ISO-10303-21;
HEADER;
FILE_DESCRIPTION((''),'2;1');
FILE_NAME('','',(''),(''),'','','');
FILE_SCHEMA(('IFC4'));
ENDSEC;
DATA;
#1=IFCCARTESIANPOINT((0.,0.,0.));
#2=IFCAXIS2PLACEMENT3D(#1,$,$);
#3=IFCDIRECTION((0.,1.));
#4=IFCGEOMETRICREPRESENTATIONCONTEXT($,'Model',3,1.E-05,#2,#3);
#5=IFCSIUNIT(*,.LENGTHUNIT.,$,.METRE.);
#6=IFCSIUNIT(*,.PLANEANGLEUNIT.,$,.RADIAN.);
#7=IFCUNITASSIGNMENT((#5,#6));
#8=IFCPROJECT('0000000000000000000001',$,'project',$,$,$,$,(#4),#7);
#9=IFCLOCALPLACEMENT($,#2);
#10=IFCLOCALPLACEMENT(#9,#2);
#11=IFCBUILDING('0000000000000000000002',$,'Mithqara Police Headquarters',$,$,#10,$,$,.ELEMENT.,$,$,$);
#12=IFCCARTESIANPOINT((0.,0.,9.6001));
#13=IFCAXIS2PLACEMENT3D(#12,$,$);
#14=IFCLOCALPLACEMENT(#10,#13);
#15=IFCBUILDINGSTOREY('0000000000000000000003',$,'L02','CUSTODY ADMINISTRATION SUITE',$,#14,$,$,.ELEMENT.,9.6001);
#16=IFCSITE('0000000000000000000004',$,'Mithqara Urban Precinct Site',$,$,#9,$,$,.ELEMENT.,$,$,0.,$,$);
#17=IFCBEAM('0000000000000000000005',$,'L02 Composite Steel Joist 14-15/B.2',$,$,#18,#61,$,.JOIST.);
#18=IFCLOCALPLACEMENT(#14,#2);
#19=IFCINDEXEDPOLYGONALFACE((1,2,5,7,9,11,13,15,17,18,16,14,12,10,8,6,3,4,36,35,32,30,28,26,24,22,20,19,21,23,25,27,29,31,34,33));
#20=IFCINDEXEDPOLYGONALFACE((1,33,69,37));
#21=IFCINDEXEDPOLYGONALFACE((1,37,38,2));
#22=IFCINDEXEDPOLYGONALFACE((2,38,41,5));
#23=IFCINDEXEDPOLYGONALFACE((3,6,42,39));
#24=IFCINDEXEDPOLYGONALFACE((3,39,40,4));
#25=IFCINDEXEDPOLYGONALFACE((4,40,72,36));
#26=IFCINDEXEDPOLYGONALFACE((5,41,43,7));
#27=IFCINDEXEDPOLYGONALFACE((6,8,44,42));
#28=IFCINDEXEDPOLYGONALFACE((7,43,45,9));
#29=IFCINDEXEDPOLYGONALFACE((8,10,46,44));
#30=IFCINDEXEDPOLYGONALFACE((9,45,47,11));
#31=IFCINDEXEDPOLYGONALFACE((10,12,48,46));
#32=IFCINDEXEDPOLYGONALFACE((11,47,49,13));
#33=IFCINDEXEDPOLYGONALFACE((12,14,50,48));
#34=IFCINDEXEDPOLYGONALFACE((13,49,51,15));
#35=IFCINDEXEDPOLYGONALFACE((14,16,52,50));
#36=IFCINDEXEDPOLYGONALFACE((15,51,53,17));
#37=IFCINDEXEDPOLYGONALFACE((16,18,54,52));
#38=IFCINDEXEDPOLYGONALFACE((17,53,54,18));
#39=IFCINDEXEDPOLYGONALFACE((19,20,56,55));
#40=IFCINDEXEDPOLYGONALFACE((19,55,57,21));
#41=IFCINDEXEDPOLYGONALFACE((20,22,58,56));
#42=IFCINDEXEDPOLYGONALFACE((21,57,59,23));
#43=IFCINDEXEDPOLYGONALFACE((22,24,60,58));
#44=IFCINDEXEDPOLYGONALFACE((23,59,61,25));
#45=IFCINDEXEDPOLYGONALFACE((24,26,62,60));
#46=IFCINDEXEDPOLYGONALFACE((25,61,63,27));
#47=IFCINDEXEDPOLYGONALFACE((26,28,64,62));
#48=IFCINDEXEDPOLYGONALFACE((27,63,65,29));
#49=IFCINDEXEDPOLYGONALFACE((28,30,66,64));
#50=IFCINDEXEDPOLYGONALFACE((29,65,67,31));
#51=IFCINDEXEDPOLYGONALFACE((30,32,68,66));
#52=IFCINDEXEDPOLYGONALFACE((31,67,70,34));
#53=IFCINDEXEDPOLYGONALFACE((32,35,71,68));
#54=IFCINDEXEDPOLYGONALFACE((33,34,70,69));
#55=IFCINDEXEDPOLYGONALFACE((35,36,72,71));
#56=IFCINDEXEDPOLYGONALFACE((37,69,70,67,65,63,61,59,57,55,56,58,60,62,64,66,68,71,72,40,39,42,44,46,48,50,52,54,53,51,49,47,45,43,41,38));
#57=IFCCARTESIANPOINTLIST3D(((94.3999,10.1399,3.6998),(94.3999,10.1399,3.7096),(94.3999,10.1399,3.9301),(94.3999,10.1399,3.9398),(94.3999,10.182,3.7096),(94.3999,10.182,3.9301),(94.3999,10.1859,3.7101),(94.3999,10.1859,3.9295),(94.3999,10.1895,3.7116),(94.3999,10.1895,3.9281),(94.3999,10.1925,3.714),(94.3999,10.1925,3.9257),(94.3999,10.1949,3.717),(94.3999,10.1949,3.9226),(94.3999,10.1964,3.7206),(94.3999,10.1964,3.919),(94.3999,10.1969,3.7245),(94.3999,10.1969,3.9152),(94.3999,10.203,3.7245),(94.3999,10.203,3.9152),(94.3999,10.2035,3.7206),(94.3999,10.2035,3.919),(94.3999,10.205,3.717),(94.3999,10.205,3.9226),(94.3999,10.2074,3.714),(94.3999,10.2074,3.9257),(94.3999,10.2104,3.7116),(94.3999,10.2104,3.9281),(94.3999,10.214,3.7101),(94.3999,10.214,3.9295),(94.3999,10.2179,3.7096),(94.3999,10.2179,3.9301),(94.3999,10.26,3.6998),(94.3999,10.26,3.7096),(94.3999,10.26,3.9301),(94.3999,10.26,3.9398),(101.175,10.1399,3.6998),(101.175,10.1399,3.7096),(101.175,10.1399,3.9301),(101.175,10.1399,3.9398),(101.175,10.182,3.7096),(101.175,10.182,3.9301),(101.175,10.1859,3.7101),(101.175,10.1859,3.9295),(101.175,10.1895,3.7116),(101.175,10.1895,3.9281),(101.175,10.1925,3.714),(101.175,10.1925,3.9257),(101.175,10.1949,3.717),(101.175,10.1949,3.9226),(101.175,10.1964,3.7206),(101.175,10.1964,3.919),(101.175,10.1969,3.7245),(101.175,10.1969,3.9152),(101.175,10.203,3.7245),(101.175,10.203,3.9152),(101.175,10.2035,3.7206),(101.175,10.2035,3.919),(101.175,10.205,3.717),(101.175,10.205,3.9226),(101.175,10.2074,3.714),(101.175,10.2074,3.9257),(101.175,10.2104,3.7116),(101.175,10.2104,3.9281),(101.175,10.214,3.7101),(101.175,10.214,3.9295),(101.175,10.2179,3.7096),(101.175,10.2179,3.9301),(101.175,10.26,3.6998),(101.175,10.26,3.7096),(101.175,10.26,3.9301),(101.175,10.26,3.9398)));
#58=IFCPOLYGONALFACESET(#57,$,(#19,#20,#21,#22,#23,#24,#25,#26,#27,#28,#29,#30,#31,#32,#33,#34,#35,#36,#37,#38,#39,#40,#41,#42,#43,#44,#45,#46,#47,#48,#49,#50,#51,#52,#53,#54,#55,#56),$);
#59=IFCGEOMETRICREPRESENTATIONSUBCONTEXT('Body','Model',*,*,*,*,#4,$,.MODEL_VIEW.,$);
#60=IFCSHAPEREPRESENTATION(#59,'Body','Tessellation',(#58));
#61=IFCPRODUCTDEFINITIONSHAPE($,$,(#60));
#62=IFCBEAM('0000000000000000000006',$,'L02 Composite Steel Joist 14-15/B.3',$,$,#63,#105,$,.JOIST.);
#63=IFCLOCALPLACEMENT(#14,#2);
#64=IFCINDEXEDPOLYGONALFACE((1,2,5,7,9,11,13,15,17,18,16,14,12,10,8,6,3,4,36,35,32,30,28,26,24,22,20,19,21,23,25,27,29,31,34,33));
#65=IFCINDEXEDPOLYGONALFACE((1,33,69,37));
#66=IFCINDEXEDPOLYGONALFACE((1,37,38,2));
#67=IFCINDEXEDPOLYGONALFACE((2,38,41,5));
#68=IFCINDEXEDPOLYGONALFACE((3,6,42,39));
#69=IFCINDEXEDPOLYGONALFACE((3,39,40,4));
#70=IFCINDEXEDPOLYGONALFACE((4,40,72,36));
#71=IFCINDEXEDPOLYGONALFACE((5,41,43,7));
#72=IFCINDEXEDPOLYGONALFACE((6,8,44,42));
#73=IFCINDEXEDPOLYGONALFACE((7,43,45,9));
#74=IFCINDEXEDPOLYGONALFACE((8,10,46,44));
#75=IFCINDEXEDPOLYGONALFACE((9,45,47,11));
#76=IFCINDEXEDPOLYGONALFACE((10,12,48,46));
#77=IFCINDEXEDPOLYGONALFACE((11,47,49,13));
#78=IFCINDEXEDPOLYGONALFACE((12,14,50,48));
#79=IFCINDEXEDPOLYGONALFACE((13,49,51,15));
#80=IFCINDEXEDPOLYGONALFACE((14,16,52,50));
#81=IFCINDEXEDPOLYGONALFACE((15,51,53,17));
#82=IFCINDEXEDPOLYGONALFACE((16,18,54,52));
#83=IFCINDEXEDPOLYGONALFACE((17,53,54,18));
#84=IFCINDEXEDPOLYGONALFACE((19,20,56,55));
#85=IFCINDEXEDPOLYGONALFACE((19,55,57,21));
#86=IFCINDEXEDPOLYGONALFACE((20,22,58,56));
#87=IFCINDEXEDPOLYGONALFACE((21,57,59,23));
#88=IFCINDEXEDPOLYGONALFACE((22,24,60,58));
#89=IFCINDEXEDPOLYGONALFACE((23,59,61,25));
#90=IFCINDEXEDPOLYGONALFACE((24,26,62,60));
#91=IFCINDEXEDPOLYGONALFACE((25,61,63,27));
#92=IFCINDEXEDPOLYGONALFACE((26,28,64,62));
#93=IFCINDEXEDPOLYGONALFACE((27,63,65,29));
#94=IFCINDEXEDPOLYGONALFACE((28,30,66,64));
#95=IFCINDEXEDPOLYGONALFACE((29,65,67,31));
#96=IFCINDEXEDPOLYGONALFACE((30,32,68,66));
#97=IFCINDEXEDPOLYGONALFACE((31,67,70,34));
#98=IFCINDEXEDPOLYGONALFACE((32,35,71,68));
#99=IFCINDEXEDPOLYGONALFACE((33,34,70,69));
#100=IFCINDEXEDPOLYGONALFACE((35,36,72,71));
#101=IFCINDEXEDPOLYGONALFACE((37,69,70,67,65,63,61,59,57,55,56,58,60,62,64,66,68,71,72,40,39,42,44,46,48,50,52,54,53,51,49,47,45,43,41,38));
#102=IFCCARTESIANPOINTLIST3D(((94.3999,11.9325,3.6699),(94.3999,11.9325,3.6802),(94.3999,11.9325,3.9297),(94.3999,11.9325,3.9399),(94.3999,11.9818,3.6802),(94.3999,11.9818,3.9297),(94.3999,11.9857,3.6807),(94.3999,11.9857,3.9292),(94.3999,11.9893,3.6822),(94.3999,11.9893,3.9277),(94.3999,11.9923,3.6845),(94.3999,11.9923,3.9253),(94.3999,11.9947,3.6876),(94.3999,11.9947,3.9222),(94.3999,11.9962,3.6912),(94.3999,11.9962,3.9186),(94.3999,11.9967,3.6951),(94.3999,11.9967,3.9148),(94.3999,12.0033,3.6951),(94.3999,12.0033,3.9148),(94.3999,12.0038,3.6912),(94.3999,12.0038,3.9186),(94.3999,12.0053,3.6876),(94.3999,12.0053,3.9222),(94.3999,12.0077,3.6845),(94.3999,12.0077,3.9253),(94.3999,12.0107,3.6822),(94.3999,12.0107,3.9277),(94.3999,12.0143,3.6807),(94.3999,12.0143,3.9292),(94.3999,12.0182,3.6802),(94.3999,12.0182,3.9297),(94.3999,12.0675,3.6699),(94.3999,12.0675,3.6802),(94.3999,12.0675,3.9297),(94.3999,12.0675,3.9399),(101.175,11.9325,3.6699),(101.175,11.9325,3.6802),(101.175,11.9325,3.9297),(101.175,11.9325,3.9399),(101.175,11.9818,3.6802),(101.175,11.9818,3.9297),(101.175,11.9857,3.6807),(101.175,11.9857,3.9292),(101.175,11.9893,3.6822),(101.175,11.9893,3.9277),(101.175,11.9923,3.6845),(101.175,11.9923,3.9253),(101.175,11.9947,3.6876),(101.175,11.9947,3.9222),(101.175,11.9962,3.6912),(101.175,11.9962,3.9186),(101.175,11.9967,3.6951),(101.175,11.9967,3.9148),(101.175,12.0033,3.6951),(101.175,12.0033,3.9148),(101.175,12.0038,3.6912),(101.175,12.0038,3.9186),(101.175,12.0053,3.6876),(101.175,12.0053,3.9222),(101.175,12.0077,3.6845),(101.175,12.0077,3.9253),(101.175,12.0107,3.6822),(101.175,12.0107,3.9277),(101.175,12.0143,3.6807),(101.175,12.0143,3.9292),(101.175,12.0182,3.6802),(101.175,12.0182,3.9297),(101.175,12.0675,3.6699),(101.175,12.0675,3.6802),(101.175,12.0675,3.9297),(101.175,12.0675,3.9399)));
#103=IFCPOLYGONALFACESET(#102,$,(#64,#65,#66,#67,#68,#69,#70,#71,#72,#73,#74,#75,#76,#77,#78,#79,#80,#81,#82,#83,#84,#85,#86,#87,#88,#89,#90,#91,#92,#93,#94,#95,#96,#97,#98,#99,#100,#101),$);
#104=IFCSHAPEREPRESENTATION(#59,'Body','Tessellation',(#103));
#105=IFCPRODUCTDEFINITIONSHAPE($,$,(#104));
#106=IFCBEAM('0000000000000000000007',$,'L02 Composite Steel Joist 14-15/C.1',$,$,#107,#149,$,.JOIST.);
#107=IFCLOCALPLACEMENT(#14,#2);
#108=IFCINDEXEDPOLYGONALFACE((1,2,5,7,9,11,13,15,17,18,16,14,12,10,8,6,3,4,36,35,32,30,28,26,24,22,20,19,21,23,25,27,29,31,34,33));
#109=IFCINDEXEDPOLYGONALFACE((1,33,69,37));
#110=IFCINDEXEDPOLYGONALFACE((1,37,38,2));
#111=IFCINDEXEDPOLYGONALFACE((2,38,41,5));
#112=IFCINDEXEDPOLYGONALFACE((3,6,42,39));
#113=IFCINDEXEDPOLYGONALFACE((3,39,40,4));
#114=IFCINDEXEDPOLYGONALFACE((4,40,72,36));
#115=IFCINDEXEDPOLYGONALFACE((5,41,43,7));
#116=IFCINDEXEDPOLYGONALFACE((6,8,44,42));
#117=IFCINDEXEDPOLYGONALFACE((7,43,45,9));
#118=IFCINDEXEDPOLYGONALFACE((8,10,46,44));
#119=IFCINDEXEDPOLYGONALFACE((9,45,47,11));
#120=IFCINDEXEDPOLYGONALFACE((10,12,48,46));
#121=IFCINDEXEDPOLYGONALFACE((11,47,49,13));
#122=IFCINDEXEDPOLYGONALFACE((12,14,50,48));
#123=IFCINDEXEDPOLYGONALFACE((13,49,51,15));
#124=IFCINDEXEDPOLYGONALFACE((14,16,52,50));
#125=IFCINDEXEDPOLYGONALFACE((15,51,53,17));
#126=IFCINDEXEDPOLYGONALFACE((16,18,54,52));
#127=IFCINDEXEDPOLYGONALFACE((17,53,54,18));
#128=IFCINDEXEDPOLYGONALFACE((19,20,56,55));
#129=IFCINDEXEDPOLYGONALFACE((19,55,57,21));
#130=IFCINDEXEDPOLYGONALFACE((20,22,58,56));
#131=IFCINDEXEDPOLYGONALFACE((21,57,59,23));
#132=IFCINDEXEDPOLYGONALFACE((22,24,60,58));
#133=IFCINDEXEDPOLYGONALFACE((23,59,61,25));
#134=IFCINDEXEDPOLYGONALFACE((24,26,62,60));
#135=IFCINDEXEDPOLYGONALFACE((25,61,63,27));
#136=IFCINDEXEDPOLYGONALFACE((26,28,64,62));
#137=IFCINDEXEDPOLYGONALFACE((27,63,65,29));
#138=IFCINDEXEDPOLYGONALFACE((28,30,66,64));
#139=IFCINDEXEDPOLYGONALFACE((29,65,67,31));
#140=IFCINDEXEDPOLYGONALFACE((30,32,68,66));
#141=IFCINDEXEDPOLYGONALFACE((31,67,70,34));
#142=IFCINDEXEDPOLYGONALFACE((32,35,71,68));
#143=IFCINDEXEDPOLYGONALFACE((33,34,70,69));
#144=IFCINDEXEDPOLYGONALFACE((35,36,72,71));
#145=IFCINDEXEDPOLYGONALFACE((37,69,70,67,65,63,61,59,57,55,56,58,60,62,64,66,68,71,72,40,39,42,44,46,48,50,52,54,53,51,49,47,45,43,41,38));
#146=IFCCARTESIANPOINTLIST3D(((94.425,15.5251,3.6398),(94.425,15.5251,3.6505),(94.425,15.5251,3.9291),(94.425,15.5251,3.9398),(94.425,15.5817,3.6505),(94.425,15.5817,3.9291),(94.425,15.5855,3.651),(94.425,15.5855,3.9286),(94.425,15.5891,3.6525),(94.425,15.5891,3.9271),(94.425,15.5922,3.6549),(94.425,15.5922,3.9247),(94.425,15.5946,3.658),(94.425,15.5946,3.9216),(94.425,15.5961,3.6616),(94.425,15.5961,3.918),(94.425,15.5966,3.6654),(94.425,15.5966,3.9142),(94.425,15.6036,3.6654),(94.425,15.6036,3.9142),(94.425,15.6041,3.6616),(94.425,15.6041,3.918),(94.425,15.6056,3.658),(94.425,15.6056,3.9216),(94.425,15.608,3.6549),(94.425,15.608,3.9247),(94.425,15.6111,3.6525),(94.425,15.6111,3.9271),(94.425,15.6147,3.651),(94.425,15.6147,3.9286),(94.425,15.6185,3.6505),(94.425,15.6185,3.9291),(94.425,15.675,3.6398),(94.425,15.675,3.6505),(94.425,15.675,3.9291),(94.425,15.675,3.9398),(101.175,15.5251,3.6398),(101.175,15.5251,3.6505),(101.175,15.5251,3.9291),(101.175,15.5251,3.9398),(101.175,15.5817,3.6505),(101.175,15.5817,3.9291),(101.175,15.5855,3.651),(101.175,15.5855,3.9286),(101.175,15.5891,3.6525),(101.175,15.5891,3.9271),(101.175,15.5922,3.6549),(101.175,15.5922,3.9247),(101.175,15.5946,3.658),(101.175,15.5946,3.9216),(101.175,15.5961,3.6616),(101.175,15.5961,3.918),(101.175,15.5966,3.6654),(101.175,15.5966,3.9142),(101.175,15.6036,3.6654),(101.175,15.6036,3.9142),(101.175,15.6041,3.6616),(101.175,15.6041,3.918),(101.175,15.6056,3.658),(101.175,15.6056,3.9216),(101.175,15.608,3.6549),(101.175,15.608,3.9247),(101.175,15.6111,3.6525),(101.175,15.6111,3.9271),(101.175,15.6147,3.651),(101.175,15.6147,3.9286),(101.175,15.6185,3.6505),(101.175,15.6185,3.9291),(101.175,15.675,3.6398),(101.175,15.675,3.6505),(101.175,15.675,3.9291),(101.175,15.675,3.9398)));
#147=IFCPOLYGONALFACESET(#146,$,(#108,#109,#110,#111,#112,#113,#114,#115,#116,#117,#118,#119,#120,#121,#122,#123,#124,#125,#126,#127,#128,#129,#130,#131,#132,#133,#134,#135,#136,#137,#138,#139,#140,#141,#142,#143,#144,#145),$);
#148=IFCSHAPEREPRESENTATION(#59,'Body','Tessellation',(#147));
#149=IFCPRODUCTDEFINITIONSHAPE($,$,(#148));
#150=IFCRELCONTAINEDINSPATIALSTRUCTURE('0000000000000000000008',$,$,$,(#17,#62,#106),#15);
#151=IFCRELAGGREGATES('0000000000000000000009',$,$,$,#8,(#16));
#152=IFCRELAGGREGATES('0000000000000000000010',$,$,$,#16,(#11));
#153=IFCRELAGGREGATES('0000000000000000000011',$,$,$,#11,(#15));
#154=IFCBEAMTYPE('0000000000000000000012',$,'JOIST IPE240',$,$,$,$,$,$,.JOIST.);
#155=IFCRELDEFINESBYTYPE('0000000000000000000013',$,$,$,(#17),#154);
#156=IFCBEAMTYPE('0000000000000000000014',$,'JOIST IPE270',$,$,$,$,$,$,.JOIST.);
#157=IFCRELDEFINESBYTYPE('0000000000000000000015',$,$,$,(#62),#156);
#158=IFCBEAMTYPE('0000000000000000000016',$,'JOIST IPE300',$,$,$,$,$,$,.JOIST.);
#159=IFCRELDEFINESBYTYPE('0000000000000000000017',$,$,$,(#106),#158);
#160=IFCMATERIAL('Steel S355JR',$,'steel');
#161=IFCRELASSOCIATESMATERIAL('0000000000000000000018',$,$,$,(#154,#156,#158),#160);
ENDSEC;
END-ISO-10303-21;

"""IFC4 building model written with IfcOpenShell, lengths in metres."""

from ifc_helpers import new_model, si_unit, direction, frame, origin, origin_2d, place, context, subcontext, project, spatial, i_section, extrude, material, material_profile, profile_set, type_object, element, save


model = new_model("IFC4")

# Units and contexts
model_context = context("Model", 3, precision=1e-05, world=origin(), true_north=direction((0.0, 1.0)))
body_context = subcontext(model_context, "Body", "Model", "MODEL_VIEW")
ifc_project = project(units=[si_unit("LENGTHUNIT", "METRE"), si_unit("PLANEANGLEUNIT", "RADIAN")], contexts=[model_context])

# Site, building, storey
site_placement = place(None, origin())
site = spatial("IfcSite", under=ifc_project, at=site_placement, Name="Mithqara Urban Precinct Site", CompositionType="ELEMENT", RefElevation=0.0)
building_placement = place(site_placement, origin())
building = spatial("IfcBuilding", under=site, at=building_placement, Name="Mithqara Police Headquarters", CompositionType="ELEMENT")
storey_placement = place(building_placement, frame((0.0, 0.0, 9.6001)))
storey = spatial("IfcBuildingStorey", under=building, at=storey_placement, Name="L02", Description="CUSTODY ADMINISTRATION SUITE", CompositionType="ELEMENT", Elevation=9.6001)

# Shared definitions
ifc_material_1 = material(Name="Steel S355JR", Category="steel")

# Beams
ifc_material_profile_1 = material_profile(ifc_material_1, i_section(OverallWidth=0.1201, OverallDepth=0.24, WebThickness=0.0061, FlangeThickness=0.0098, FilletRadius=0.0149, at=origin_2d()), Name="IPE 240")
ifc_profile_set_1 = profile_set([ifc_material_profile_1], Name="Steel S355JR")
beam_type_1 = type_object("IfcBeamType", Name="JOIST IPE240", PredefinedType="JOIST", material=ifc_profile_set_1)
beam_1_placement = place(storey_placement, frame((94.3999, 10.2, 3.8198), z_axis=(1.0, 0.0, 0.0), x_axis=(0.0, 1.0, 0.0)))
element("IfcBeam", 1, at=beam_1_placement, inside=storey, type_object=beam_type_1, Name="L02 Composite Steel Joist 14-15/B.2", PredefinedType="JOIST", context=body_context, shape_type="SweptSolid", body=[
    extrude(i_section(OverallWidth=0.1201, OverallDepth=0.24, WebThickness=0.0061, FlangeThickness=0.0098, FilletRadius=0.0149, at=origin_2d()), origin(), (0.0, 0.0, 1.0), 6.7751),
])
ifc_material_profile_2 = material_profile(ifc_material_1, i_section(OverallWidth=0.135, OverallDepth=0.27, WebThickness=0.0066, FlangeThickness=0.0103, FilletRadius=0.0149, at=origin_2d()), Name="IPE 270")
ifc_profile_set_2 = profile_set([ifc_material_profile_2], Name="Steel S355JR")
beam_type_2 = type_object("IfcBeamType", Name="JOIST IPE270", PredefinedType="JOIST", material=ifc_profile_set_2)
beam_2_placement = place(storey_placement, frame((94.3999, 12.0, 3.8049), z_axis=(1.0, 0.0, 0.0), x_axis=(0.0, 1.0, 0.0)))
element("IfcBeam", 2, at=beam_2_placement, inside=storey, type_object=beam_type_2, Name="L02 Composite Steel Joist 14-15/B.3", PredefinedType="JOIST", context=body_context, shape_type="SweptSolid", body=[
    extrude(i_section(OverallWidth=0.135, OverallDepth=0.27, WebThickness=0.0066, FlangeThickness=0.0103, FilletRadius=0.0149, at=origin_2d()), origin(), (0.0, 0.0, 1.0), 6.7751),
])
ifc_material_profile_3 = material_profile(ifc_material_1, i_section(OverallWidth=0.1499, OverallDepth=0.3, WebThickness=0.0071, FlangeThickness=0.0107, FilletRadius=0.0149, at=origin_2d()), Name="IPE 300")
ifc_profile_set_3 = profile_set([ifc_material_profile_3], Name="Steel S355JR")
beam_type_3 = type_object("IfcBeamType", Name="JOIST IPE300", PredefinedType="JOIST", material=ifc_profile_set_3)
beam_3_placement = place(storey_placement, frame((94.425, 15.6001, 3.7898), z_axis=(1.0, 0.0, 0.0), x_axis=(0.0, 1.0, 0.0)))
element("IfcBeam", 3, at=beam_3_placement, inside=storey, type_object=beam_type_3, Name="L02 Composite Steel Joist 14-15/C.1", PredefinedType="JOIST", context=body_context, shape_type="SweptSolid", body=[
    extrude(i_section(OverallWidth=0.1499, OverallDepth=0.3, WebThickness=0.0071, FlangeThickness=0.0107, FilletRadius=0.0149, at=origin_2d()), origin(), (0.0, 0.0, 1.0), 6.75),
])

save(model, "model.ifc")
